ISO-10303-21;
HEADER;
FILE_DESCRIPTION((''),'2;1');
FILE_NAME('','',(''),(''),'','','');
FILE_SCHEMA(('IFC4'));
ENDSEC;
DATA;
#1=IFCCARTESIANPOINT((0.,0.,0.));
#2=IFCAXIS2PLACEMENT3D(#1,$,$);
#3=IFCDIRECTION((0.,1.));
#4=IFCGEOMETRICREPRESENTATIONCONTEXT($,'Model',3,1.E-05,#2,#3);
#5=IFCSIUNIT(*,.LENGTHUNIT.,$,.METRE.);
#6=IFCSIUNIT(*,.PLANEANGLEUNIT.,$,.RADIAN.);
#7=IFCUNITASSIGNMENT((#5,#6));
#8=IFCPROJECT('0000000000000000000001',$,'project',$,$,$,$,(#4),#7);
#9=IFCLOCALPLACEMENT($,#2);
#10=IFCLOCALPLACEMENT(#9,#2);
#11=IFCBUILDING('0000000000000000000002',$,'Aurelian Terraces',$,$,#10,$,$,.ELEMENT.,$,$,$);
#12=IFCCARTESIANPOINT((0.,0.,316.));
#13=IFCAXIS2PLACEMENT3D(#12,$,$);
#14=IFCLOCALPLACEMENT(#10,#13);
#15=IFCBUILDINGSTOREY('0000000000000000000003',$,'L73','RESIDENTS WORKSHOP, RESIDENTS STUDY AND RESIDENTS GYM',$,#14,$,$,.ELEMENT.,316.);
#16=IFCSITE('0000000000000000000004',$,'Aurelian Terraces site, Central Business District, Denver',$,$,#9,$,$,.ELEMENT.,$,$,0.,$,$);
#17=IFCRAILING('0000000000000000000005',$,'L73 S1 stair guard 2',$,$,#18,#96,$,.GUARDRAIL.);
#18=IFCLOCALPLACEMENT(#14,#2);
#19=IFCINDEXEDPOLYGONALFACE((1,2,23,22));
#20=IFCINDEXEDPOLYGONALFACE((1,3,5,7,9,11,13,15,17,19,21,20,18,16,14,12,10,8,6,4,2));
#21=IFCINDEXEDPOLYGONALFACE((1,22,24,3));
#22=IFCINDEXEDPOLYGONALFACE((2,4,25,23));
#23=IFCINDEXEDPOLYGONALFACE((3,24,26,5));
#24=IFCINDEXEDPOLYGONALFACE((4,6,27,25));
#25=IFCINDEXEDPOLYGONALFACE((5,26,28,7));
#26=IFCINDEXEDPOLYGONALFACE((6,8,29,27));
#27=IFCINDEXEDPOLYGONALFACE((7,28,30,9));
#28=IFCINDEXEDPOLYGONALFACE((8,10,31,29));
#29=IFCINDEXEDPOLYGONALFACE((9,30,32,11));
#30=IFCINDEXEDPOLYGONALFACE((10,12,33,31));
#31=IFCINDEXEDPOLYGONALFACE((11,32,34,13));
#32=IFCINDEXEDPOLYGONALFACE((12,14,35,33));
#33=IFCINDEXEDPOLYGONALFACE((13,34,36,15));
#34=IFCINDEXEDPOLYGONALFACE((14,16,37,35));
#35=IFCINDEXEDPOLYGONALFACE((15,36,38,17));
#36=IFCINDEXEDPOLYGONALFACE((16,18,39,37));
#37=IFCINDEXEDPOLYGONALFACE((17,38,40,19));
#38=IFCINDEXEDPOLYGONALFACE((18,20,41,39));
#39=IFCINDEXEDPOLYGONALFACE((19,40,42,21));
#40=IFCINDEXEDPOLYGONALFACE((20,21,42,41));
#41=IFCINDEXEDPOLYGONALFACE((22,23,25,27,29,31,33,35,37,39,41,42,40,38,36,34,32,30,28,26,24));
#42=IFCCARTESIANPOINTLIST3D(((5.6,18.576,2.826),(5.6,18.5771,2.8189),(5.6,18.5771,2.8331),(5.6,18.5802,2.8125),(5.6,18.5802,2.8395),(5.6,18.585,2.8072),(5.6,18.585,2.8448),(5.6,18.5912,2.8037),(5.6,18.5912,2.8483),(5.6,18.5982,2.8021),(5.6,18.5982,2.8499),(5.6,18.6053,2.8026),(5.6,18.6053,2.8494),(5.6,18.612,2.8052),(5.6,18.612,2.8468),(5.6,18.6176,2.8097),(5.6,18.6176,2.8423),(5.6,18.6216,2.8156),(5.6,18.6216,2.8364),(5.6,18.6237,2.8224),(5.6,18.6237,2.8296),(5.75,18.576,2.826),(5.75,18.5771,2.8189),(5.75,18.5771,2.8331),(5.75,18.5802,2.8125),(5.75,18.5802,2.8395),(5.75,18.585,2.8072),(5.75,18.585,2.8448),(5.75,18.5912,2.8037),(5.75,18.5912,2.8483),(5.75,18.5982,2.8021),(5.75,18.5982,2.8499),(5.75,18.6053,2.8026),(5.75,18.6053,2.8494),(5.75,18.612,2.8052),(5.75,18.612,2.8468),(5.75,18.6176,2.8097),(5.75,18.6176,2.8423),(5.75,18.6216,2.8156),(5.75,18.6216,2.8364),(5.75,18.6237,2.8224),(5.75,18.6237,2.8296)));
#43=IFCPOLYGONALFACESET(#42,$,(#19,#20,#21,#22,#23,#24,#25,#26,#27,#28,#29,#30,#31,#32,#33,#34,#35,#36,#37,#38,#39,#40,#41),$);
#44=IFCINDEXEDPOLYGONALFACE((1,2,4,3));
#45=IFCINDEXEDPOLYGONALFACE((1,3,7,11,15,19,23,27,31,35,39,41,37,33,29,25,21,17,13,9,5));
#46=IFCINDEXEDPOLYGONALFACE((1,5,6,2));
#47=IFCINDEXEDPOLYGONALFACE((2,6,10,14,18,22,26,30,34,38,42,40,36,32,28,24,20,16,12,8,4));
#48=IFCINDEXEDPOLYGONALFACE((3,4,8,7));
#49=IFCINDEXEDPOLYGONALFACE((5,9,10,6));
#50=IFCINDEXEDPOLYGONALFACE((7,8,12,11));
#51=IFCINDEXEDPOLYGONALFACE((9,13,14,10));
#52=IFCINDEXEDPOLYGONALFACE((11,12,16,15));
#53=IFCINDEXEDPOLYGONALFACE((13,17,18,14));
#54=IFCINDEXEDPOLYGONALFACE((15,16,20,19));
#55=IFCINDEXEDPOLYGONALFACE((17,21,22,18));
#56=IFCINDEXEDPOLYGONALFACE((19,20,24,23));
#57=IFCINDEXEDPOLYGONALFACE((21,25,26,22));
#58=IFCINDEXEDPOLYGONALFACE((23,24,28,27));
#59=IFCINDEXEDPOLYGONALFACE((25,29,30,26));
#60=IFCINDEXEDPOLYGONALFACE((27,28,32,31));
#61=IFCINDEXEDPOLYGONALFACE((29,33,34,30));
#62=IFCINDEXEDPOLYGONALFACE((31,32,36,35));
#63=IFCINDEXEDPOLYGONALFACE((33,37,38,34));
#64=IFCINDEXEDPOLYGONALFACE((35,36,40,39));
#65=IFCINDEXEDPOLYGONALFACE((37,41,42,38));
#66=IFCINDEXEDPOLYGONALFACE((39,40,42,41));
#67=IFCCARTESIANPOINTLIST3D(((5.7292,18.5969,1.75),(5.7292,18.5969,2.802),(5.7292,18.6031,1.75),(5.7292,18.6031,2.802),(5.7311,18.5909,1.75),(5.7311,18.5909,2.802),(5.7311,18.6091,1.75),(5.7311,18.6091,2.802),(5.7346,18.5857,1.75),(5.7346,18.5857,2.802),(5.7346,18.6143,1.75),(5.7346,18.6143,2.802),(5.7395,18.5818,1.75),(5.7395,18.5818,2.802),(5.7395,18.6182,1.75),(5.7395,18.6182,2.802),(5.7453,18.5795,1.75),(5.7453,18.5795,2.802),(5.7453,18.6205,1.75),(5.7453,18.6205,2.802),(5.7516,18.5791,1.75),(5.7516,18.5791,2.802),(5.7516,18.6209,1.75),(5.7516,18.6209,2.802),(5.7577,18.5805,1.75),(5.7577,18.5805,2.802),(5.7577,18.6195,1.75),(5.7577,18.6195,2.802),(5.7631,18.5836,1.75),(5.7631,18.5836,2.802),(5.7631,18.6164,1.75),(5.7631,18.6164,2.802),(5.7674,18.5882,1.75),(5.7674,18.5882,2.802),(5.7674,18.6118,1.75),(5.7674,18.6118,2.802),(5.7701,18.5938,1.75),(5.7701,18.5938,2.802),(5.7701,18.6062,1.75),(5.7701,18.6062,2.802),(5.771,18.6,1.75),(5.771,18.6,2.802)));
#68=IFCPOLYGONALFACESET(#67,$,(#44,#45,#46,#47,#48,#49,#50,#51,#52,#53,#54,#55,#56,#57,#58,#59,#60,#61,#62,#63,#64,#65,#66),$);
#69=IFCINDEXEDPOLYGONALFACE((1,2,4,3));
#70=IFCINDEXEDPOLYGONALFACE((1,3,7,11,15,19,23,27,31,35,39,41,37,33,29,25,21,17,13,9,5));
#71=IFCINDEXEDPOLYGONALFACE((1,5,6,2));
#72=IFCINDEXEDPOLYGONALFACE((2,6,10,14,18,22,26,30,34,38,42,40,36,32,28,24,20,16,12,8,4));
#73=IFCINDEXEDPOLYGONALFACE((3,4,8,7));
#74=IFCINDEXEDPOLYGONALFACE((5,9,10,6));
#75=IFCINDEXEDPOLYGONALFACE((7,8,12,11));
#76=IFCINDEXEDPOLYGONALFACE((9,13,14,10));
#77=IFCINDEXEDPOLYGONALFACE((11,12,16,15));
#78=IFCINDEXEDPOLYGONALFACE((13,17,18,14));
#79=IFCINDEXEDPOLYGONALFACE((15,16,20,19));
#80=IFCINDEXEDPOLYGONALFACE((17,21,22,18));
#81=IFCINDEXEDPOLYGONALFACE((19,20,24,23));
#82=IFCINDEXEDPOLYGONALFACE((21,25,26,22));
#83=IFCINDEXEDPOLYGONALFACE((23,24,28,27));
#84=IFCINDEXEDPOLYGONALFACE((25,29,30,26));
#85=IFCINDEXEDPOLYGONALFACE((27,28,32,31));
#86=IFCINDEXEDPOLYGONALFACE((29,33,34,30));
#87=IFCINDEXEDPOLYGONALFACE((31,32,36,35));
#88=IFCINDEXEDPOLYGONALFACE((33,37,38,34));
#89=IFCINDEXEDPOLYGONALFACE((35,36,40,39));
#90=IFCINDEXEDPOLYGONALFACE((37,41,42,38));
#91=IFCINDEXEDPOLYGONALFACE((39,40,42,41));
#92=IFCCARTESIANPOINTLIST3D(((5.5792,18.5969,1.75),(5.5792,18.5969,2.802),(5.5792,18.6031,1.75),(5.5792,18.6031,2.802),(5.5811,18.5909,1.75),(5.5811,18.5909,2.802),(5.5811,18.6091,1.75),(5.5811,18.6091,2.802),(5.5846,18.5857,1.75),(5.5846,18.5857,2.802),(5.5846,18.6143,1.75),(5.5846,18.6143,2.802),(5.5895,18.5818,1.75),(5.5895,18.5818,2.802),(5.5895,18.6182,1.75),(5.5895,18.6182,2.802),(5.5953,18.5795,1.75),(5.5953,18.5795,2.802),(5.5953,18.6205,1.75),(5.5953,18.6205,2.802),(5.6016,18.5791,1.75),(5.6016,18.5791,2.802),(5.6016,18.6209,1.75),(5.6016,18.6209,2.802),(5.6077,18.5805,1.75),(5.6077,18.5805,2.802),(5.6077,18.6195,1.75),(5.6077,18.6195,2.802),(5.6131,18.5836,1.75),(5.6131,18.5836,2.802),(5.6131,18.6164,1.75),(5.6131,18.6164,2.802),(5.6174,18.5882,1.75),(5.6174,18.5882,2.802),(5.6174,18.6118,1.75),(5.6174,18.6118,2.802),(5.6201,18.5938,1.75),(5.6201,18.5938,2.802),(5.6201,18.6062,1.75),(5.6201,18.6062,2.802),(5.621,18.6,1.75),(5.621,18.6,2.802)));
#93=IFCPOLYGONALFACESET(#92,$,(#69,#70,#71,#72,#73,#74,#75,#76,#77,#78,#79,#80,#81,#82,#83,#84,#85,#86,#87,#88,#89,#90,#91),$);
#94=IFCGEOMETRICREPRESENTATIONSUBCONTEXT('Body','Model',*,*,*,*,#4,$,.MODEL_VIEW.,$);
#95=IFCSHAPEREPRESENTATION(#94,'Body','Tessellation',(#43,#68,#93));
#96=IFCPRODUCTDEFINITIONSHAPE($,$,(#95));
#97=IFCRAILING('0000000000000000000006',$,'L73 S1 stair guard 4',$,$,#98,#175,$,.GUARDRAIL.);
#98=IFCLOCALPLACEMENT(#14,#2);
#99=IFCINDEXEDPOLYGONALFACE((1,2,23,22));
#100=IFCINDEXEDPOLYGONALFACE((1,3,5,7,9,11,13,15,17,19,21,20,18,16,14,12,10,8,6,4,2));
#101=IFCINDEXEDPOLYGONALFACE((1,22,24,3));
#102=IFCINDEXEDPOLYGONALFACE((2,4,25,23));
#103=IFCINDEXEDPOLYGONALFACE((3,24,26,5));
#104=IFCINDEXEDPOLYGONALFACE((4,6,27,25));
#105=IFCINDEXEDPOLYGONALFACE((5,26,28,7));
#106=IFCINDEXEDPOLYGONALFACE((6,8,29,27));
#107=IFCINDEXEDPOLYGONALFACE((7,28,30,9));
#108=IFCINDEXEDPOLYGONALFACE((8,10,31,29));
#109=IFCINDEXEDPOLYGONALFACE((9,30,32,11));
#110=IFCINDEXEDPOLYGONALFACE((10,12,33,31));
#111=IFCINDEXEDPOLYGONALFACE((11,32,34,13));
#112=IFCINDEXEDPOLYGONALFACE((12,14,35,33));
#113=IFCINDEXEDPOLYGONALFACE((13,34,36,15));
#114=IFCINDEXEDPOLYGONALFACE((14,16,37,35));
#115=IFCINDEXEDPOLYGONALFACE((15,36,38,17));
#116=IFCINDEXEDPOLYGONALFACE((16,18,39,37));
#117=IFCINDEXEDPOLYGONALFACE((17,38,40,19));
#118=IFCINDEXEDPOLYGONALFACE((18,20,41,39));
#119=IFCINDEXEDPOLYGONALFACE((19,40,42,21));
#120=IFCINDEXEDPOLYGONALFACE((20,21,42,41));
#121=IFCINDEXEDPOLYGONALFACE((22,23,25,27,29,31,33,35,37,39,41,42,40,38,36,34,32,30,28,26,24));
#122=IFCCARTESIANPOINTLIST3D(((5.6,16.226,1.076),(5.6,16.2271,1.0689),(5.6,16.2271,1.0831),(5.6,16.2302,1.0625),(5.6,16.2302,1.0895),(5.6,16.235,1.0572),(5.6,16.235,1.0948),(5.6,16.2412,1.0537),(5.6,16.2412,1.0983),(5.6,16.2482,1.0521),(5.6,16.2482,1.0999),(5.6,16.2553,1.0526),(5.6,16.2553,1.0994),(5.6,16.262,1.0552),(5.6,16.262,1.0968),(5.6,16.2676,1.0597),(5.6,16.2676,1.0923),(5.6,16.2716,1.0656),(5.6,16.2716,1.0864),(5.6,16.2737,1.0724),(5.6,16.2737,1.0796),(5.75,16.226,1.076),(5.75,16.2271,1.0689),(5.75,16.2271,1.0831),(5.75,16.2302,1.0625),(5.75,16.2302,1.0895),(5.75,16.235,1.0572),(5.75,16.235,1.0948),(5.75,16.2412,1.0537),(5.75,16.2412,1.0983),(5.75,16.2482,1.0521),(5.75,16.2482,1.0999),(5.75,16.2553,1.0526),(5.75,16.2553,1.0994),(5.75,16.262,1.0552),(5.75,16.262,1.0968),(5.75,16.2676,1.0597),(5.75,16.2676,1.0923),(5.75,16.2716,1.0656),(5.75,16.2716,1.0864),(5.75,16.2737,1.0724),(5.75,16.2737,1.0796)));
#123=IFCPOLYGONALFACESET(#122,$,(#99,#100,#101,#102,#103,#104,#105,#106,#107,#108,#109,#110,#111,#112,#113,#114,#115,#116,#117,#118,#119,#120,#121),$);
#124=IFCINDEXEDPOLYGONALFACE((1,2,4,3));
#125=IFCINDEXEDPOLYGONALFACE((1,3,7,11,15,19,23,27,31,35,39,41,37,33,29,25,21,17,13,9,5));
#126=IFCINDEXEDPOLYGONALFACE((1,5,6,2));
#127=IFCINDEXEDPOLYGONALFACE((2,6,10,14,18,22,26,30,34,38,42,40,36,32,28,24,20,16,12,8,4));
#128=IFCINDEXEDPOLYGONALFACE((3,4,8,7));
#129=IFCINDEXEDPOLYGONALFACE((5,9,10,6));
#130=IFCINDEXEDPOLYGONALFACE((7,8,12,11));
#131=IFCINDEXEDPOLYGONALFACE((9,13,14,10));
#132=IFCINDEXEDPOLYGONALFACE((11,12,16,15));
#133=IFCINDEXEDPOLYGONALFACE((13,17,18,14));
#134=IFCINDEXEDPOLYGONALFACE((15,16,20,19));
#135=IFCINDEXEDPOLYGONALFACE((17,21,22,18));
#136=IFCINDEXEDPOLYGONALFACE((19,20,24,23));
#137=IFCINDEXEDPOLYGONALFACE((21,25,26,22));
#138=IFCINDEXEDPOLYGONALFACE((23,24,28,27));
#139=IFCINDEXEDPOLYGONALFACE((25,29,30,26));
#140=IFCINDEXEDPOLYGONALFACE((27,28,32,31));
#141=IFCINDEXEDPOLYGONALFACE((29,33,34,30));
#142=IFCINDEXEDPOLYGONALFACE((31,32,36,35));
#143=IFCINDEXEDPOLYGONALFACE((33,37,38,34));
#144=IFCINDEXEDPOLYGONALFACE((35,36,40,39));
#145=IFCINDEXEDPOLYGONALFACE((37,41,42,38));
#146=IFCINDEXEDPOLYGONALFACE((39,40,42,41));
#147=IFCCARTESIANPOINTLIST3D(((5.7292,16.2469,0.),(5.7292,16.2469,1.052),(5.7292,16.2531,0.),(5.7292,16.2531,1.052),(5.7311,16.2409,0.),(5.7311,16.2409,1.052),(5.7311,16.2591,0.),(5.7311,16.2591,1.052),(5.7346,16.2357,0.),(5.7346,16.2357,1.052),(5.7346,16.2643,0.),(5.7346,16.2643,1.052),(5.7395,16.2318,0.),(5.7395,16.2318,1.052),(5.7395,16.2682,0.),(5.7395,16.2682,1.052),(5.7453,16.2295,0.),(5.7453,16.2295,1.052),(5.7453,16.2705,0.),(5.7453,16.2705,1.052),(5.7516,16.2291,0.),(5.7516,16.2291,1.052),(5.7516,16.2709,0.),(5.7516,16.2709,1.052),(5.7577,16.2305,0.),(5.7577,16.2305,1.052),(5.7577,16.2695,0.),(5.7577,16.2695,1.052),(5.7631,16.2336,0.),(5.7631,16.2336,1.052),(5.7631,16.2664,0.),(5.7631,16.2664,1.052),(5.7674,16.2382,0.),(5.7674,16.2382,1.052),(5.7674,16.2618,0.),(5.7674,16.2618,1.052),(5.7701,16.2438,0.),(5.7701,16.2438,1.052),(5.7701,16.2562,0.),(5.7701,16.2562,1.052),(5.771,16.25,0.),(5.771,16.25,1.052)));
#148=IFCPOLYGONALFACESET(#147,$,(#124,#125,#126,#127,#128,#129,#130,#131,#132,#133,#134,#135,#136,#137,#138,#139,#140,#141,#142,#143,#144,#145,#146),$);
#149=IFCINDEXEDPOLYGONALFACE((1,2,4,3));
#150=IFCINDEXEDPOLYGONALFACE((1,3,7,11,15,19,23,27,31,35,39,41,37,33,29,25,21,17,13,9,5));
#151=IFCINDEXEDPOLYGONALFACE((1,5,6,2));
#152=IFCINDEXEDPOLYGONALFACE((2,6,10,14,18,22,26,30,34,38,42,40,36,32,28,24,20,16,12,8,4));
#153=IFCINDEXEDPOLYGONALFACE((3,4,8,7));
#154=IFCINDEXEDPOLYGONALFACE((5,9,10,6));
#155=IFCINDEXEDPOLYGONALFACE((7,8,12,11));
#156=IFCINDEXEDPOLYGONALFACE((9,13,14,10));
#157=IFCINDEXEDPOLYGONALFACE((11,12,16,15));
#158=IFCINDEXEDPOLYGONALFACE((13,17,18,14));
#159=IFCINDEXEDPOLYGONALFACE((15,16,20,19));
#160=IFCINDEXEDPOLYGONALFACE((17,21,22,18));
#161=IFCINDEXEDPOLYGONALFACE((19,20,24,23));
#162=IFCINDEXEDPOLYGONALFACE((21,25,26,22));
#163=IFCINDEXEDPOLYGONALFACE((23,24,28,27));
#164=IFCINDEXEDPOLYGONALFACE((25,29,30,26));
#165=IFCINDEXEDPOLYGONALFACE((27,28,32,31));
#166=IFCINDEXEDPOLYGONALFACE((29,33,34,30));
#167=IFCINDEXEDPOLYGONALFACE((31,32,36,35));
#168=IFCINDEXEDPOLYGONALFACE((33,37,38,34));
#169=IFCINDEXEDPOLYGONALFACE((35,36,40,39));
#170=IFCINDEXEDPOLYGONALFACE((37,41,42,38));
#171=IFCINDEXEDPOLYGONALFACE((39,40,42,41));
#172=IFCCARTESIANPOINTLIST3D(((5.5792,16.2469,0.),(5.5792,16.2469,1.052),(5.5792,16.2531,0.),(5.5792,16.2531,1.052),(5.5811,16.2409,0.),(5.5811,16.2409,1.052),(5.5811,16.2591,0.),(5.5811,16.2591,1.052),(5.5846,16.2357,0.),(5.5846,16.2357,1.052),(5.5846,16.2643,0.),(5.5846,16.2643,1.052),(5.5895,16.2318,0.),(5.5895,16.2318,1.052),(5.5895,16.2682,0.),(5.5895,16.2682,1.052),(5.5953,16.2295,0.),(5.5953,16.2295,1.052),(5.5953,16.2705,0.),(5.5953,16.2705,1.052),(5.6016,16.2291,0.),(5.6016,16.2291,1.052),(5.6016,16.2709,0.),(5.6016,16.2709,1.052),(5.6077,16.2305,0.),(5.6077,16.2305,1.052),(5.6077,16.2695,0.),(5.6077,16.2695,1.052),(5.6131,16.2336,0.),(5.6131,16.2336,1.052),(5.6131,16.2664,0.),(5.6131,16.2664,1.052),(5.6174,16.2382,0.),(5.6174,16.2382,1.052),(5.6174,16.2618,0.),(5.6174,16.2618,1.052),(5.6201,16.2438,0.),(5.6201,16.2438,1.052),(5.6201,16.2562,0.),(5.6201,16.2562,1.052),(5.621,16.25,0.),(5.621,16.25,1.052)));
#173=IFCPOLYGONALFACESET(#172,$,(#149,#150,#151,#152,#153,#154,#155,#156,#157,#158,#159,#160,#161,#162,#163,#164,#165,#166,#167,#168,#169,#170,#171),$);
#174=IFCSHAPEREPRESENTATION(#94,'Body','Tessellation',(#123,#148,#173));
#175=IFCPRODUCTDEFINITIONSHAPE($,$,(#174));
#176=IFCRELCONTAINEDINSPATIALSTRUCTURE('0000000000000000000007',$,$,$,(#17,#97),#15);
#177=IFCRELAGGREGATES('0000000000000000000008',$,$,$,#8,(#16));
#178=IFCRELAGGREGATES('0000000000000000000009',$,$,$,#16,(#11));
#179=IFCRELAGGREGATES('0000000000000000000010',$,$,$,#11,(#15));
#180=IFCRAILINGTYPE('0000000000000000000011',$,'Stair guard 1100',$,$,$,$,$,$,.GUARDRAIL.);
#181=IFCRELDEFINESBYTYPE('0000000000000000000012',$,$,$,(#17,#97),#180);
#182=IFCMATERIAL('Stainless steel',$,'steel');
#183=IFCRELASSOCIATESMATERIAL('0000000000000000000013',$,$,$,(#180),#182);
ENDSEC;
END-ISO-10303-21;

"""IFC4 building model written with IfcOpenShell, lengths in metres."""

from ifc_helpers import new_model, si_unit, direction, frame, origin, origin_2d, place, context, subcontext, project, spatial, circle, extrude, source, transform, mapped, material, type_object, element, save


model = new_model("IFC4")

# Units and contexts
model_context = context("Model", 3, precision=1e-05, world=origin(), true_north=direction((0.0, 1.0)))
body_context = subcontext(model_context, "Body", "Model", "MODEL_VIEW")
ifc_project = project(units=[si_unit("LENGTHUNIT", "METRE"), si_unit("PLANEANGLEUNIT", "RADIAN")], contexts=[model_context])

# Site, building, storey
site_placement = place(None, origin())
site = spatial("IfcSite", under=ifc_project, at=site_placement, Name="Aurelian Terraces site, Central Business District, Denver", CompositionType="ELEMENT", RefElevation=0.0)
building_placement = place(site_placement, origin())
building = spatial("IfcBuilding", under=site, at=building_placement, Name="Aurelian Terraces", CompositionType="ELEMENT")
storey_placement = place(building_placement, frame((0.0, 0.0, 316.0)))
storey = spatial("IfcBuildingStorey", under=building, at=storey_placement, Name="L73", Description="RESIDENTS WORKSHOP, RESIDENTS STUDY AND RESIDENTS GYM", CompositionType="ELEMENT", Elevation=316.0)

# Railings
ifc_material_1 = material(Name="Stainless steel", Category="steel")
railing_type_1 = type_object("IfcRailingType", Name="Stair guard 1100", PredefinedType="GUARDRAIL", material=ifc_material_1)
shared_shape_1 = source(origin(), body_context, "Body", "SweptSolid", [
    extrude(circle(Radius=0.024, at=origin_2d()), frame((0.0, 0.0, 1.076), z_axis=(-1.0, 0.0, 0.0), x_axis=(0.0, -1.0, 0.0)), (0.0, 0.0, 1.0), 0.15),
    extrude(circle(Radius=0.021, at=origin_2d()), origin(), (0.0, 0.0, 1.0), 1.052),
    extrude(circle(Radius=0.021, at=origin_2d()), frame((-0.15, 0.0, 0.0)), (0.0, 0.0, 1.0), 1.052),
])
for number, where, name in (
    (1, (5.75, 18.6, 1.75), "L73 S1 stair guard 2"),
    (2, (5.75, 16.25, 0.0), "L73 S1 stair guard 4"),
):
    element("IfcRailing", number, at=place(storey_placement, frame(where)), inside=storey, type_object=railing_type_1, Name=name, PredefinedType="GUARDRAIL", context=body_context, shape_type="MappedRepresentation", body=[
        mapped(shared_shape_1, transform((0.0, 0.0, 0.0), scale=1.0)),
    ])

save(model, "model.ifc")
